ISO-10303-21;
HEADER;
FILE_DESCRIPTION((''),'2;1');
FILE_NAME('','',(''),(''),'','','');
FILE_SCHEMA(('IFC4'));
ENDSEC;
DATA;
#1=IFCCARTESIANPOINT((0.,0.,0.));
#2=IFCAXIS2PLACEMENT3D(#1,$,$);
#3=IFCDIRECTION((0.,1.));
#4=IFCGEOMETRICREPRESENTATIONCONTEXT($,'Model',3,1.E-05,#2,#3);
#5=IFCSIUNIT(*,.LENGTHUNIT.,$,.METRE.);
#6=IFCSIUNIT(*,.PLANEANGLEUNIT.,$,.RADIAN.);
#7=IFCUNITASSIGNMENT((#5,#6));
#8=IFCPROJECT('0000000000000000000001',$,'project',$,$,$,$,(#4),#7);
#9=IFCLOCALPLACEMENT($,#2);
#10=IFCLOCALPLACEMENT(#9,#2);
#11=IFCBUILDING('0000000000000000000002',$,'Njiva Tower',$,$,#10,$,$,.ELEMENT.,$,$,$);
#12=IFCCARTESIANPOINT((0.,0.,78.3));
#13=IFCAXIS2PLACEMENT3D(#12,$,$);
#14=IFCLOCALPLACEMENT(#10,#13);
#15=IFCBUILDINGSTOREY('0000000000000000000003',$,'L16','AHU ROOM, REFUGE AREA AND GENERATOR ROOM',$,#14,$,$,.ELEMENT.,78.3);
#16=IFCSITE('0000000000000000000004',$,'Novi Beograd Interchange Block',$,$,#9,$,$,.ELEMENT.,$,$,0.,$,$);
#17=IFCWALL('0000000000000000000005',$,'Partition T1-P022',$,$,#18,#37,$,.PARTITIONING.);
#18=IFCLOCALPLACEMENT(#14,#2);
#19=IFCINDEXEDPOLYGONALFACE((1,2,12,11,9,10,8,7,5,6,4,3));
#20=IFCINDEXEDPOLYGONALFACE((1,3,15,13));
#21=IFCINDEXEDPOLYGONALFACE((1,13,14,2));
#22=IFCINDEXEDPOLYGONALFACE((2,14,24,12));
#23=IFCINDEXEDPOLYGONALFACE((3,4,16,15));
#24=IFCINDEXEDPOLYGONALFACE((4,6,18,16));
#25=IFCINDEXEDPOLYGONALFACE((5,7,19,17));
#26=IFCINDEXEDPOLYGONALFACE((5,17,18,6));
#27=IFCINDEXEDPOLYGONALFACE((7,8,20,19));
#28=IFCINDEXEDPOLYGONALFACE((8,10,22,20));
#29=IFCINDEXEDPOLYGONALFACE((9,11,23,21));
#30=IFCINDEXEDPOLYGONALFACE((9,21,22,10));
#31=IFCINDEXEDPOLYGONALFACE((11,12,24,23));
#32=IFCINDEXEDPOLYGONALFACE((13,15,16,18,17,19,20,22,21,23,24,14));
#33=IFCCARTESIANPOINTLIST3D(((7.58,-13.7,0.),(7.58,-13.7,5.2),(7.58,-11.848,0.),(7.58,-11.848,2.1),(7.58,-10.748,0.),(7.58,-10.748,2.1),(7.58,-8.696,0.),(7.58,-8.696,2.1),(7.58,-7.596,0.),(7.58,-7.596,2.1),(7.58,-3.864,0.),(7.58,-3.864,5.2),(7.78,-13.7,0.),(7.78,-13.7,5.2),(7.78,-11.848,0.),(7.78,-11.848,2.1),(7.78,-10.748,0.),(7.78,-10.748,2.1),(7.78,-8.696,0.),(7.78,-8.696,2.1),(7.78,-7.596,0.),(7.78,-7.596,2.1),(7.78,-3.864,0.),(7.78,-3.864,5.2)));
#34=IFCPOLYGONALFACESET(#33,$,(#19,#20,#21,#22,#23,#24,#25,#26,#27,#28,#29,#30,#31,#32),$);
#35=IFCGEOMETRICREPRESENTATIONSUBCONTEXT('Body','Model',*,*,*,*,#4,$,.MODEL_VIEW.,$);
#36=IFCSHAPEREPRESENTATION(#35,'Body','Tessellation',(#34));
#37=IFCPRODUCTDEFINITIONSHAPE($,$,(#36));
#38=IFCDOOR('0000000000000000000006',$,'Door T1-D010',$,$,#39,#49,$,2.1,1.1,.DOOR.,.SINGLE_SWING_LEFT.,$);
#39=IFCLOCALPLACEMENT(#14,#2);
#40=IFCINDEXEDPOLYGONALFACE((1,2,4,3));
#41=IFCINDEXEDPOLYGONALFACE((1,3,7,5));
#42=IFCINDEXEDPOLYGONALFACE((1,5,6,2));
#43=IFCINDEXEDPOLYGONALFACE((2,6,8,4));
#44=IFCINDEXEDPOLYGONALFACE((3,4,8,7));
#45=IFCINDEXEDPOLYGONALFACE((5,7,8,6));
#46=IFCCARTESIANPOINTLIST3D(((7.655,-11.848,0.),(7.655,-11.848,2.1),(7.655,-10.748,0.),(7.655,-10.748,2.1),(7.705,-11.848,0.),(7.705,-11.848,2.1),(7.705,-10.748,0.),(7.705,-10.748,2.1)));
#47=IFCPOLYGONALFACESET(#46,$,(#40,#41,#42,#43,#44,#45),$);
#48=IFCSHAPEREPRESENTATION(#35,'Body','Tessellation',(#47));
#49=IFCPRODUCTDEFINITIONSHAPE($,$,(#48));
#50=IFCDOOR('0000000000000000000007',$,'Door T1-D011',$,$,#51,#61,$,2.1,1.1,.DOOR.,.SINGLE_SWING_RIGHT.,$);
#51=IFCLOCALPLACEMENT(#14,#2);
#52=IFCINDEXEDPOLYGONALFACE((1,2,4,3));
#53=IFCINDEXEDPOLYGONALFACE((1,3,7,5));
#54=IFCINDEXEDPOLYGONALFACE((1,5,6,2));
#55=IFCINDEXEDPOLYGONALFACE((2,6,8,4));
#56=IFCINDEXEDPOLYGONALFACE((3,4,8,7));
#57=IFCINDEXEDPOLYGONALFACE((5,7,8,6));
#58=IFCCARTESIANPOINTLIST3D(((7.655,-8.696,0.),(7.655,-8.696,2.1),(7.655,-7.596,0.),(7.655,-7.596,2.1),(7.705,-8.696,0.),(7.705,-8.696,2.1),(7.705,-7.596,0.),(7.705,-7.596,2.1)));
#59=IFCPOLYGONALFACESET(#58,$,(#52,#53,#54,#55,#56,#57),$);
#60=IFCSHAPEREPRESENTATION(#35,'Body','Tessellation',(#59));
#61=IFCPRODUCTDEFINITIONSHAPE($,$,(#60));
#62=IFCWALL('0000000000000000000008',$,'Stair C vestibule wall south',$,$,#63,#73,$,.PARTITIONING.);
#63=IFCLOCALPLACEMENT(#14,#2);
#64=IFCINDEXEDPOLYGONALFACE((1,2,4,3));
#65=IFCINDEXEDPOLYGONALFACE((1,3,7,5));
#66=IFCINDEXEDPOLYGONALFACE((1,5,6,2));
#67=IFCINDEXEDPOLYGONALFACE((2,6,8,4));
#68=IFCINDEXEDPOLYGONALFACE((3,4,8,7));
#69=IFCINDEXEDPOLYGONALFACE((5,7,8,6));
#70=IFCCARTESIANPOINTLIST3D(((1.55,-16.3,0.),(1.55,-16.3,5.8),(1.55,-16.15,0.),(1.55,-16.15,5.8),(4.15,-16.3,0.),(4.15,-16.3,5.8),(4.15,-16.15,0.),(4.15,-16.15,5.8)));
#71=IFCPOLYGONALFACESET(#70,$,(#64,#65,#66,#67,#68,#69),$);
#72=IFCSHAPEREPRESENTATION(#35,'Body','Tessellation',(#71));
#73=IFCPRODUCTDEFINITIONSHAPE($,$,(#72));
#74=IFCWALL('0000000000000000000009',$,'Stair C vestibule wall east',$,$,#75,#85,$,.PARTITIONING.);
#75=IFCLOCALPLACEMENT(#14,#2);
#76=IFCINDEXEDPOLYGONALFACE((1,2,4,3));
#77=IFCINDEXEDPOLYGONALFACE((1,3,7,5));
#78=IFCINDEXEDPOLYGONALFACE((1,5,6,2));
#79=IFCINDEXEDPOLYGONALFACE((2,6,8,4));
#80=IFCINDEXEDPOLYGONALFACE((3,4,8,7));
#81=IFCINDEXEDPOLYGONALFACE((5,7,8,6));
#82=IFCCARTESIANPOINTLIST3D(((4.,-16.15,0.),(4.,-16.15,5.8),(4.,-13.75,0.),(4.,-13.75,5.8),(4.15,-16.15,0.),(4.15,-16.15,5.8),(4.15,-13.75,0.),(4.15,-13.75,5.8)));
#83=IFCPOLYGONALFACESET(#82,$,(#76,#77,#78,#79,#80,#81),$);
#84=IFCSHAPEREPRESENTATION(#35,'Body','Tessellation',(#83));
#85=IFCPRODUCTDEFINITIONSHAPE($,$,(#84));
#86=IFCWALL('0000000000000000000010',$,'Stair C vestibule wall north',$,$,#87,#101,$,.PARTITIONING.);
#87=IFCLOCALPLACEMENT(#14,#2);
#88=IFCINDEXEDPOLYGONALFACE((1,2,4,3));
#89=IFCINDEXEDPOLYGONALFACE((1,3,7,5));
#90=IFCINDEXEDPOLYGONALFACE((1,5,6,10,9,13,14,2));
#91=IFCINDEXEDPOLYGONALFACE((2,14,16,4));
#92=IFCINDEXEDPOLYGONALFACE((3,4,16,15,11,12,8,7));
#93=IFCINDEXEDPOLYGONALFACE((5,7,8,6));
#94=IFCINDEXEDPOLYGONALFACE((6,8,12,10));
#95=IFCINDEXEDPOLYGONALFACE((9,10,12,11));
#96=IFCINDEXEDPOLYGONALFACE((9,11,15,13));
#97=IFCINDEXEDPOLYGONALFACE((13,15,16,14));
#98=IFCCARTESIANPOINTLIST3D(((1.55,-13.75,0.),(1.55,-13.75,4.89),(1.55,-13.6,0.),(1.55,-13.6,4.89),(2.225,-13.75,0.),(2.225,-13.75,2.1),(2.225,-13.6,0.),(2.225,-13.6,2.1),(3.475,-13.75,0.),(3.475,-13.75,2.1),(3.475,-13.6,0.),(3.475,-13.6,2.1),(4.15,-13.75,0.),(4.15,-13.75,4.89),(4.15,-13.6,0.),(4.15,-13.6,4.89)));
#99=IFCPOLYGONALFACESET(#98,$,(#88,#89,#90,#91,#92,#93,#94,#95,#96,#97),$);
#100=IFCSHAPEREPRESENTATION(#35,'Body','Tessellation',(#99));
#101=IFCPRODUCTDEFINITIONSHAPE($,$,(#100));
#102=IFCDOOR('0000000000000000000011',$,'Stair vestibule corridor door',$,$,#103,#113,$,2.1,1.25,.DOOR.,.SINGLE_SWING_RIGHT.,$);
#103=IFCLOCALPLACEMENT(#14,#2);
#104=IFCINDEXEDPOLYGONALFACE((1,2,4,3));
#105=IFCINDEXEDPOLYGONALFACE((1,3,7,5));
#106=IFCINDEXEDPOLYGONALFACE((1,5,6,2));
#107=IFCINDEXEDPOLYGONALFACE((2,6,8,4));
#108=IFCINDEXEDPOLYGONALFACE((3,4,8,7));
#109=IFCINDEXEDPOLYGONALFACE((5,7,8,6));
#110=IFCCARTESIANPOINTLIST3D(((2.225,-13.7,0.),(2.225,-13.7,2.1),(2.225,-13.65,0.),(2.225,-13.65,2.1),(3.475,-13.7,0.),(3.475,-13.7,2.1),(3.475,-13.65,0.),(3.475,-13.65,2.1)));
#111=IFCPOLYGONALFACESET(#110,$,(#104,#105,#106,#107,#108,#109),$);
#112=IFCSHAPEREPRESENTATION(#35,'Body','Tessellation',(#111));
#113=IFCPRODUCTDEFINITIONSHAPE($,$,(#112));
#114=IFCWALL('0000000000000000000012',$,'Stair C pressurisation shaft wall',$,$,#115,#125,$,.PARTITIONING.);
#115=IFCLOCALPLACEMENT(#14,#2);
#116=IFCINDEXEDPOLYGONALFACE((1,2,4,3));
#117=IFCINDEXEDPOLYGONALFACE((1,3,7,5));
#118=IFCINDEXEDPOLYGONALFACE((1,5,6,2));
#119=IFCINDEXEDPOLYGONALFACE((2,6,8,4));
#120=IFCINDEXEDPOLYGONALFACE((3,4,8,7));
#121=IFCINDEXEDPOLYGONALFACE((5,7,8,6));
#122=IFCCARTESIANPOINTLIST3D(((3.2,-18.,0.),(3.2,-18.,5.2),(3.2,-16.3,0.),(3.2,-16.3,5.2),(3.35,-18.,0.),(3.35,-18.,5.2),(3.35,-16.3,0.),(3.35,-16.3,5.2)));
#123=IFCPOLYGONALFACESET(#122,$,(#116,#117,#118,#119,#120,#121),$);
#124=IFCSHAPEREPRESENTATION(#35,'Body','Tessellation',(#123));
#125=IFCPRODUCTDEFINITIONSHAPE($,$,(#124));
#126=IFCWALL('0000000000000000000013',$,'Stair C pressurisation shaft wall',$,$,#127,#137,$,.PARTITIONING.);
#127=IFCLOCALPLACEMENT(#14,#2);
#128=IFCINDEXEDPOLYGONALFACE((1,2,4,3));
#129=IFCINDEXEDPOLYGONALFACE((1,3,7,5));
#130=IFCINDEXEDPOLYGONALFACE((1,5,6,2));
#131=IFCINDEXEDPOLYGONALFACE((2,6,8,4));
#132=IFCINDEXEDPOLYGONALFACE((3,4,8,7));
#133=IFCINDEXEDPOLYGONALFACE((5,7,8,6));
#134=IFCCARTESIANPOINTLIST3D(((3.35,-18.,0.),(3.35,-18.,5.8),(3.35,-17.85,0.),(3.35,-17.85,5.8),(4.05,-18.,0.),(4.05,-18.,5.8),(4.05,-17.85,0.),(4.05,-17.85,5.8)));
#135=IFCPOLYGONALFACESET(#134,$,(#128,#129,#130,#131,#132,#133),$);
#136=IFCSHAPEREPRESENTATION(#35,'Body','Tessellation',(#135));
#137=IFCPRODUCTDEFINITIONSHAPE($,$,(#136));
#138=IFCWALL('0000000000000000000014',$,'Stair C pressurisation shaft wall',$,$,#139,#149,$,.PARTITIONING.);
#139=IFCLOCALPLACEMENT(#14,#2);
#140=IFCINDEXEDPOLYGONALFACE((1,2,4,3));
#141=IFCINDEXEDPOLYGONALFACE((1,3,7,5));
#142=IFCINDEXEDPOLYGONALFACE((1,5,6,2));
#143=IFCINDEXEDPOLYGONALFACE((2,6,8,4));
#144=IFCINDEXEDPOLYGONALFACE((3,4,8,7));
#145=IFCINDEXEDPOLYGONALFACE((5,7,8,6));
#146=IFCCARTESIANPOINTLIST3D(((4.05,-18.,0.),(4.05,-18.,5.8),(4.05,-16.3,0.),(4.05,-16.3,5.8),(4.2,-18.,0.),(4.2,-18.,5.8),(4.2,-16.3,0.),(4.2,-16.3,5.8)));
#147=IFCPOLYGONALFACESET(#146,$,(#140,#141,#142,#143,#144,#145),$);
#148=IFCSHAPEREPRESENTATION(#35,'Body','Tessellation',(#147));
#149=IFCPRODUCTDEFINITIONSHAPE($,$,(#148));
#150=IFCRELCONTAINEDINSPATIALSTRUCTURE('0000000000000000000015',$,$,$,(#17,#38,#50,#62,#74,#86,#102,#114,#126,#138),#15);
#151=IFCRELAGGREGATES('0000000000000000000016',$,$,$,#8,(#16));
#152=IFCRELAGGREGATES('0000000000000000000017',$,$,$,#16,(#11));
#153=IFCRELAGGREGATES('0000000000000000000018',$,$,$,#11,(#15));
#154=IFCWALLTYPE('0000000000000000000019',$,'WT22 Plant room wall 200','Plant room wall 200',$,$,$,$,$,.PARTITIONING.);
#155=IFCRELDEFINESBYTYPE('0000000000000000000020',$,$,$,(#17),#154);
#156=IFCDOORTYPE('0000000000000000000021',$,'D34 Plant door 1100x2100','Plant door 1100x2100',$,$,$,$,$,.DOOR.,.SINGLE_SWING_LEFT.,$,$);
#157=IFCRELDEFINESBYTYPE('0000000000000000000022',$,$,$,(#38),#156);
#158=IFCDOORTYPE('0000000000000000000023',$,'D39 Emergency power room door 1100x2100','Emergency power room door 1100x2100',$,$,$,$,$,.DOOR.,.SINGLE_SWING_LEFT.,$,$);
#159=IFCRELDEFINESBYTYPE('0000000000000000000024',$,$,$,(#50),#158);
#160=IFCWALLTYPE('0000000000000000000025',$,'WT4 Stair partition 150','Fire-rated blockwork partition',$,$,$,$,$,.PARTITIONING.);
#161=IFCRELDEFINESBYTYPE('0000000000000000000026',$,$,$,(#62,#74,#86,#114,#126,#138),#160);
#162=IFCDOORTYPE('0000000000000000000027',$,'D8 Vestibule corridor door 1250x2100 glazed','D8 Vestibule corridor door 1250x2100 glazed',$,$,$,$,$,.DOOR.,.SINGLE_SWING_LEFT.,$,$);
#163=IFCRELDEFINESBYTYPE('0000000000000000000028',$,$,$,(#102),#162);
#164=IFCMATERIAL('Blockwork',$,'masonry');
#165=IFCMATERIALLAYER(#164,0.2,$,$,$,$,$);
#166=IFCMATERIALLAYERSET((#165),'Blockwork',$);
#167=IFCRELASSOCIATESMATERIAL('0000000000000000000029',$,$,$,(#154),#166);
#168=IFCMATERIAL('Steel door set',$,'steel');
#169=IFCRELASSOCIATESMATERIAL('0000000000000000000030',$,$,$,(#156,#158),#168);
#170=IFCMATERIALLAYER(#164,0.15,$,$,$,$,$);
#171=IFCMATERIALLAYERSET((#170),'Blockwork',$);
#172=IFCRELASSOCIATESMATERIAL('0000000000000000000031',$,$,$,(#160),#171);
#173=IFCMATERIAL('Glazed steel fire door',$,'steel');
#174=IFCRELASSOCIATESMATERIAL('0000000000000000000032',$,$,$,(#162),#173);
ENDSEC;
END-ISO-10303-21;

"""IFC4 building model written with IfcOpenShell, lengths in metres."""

from ifc_helpers import new_model, si_unit, direction, frame, frame_2d, origin, place, context, subcontext, project, spatial, rectangle, extrude, material, layer, layer_set, type_object, element, fill, save


model = new_model("IFC4")

# Units and contexts
model_context = context("Model", 3, precision=1e-05, world=origin(), true_north=direction((0.0, 1.0)))
body_context = subcontext(model_context, "Body", "Model", "MODEL_VIEW")
ifc_project = project(units=[si_unit("LENGTHUNIT", "METRE"), si_unit("PLANEANGLEUNIT", "RADIAN")], contexts=[model_context])

# Site, building, storey
site_placement = place(None, origin())
site = spatial("IfcSite", under=ifc_project, at=site_placement, Name="Novi Beograd Interchange Block", CompositionType="ELEMENT", RefElevation=0.0)
building_placement = place(site_placement, origin())
building = spatial("IfcBuilding", under=site, at=building_placement, Name="Njiva Tower", CompositionType="ELEMENT")
storey_placement = place(building_placement, frame((0.0, 0.0, 78.3)))
storey = spatial("IfcBuildingStorey", under=building, at=storey_placement, Name="L16", Description="AHU ROOM, REFUGE AREA AND GENERATOR ROOM", CompositionType="ELEMENT", Elevation=78.3)

# Shared definitions
ifc_material_1 = material(Name="Blockwork", Category="masonry")
ifc_layer_1 = layer(ifc_material_1, 0.2)
ifc_layer_set_1 = layer_set([ifc_layer_1], Name="Blockwork")
wall_type_1 = type_object("IfcWallType", Name="WT22 Plant room wall 200", Description="Plant room wall 200", PredefinedType="PARTITIONING", material=ifc_layer_set_1)

# Wall, openings, doors
wall_1_placement = place(storey_placement, frame((7.68, -13.7, 0.0), z_axis=(0.0, 0.0, 1.0), x_axis=(0.0, 1.0, 0.0)))
wall_1 = element("IfcWall", 1, at=wall_1_placement, inside=storey, type_object=wall_type_1, Name="Partition T1-P022", PredefinedType="PARTITIONING", context=body_context, shape_type="SweptSolid", body=[
    extrude(rectangle(XDim=9.836, YDim=0.2, at=frame_2d((4.918, 0.0))), origin(), (0.0, 0.0, 1.0), 5.2),
])
opening_1_placement = place(wall_1_placement, frame((1.852, 0.0, 0.0)))
opening_1 = element("IfcOpeningElement", 2, at=opening_1_placement, cuts=wall_1, PredefinedType="OPENING", context=body_context, shape_type="SweptSolid", body=[
    extrude(rectangle(XDim=1.1, YDim=2.1, at=frame_2d((0.55, 1.05))), frame((0.0, 0.11, 0.0), z_axis=(0.0, -1.0, 0.0), x_axis=(1.0, 0.0, 0.0)), (0.0, 0.0, 1.0), 0.22),
])
opening_2_placement = place(wall_1_placement, frame((5.004, 0.0, 0.0)))
opening_2 = element("IfcOpeningElement", 3, at=opening_2_placement, cuts=wall_1, PredefinedType="OPENING", context=body_context, shape_type="SweptSolid", body=[
    extrude(rectangle(XDim=1.1, YDim=2.1, at=frame_2d((0.55, 1.05))), frame((0.0, 0.11, 0.0), z_axis=(0.0, -1.0, 0.0), x_axis=(1.0, 0.0, 0.0)), (0.0, 0.0, 1.0), 0.22),
])
ifc_material_2 = material(Name="Steel door set", Category="steel")
door_type_1 = type_object("IfcDoorType", Name="D34 Plant door 1100x2100", Description="Plant door 1100x2100", OperationType="SINGLE_SWING_LEFT", PredefinedType="DOOR", material=ifc_material_2)
door_1_placement = place(opening_1_placement, origin())
door_1 = element("IfcDoor", 4, at=door_1_placement, inside=storey, type_object=door_type_1, Name="Door T1-D010", OperationType="SINGLE_SWING_LEFT", OverallHeight=2.1, OverallWidth=1.1, PredefinedType="DOOR", context=body_context, shape_type="SweptSolid", body=[
    extrude(rectangle(XDim=1.1, YDim=2.1, at=frame_2d((0.55, 1.05))), frame((0.0, 0.025, 0.0), z_axis=(0.0, -1.0, 0.0), x_axis=(1.0, 0.0, 0.0)), (0.0, 0.0, 1.0), 0.05),
])
fill(opening_1, door_1)
door_type_2 = type_object("IfcDoorType", Name="D39 Emergency power room door 1100x2100", Description="Emergency power room door 1100x2100", OperationType="SINGLE_SWING_LEFT", PredefinedType="DOOR", material=ifc_material_2)
door_2_placement = place(opening_2_placement, origin())
door_2 = element("IfcDoor", 5, at=door_2_placement, inside=storey, type_object=door_type_2, Name="Door T1-D011", OperationType="SINGLE_SWING_RIGHT", OverallHeight=2.1, OverallWidth=1.1, PredefinedType="DOOR", context=body_context, shape_type="SweptSolid", body=[
    extrude(rectangle(XDim=1.1, YDim=2.1, at=frame_2d((0.55, 1.05))), frame((0.0, 0.025, 0.0), z_axis=(0.0, -1.0, 0.0), x_axis=(1.0, 0.0, 0.0)), (0.0, 0.0, 1.0), 0.05),
])
fill(opening_2, door_2)

# Walls
ifc_layer_2 = layer(ifc_material_1, 0.15)
ifc_layer_set_2 = layer_set([ifc_layer_2], Name="Blockwork")
wall_type_2 = type_object("IfcWallType", Name="WT4 Stair partition 150", Description="Fire-rated blockwork partition", PredefinedType="PARTITIONING", material=ifc_layer_set_2)
wall_2_placement = place(storey_placement, frame((1.55, -16.225, 0.0), z_axis=(0.0, 0.0, 1.0), x_axis=(1.0, 0.0, 0.0)))
element("IfcWall", 6, at=wall_2_placement, inside=storey, type_object=wall_type_2, Name="Stair C vestibule wall south", PredefinedType="PARTITIONING", context=body_context, shape_type="SweptSolid", body=[
    extrude(rectangle(XDim=2.6, YDim=0.15, at=frame_2d((1.3, 0.0))), origin(), (0.0, 0.0, 1.0), 5.8),
])
wall_3_placement = place(storey_placement, frame((4.075, -16.15, 0.0), z_axis=(0.0, 0.0, 1.0), x_axis=(0.0, 1.0, 0.0)))
element("IfcWall", 7, at=wall_3_placement, inside=storey, type_object=wall_type_2, Name="Stair C vestibule wall east", PredefinedType="PARTITIONING", context=body_context, shape_type="SweptSolid", body=[
    extrude(rectangle(XDim=2.4, YDim=0.15, at=frame_2d((1.2, 0.0))), origin(), (0.0, 0.0, 1.0), 5.8),
])

# Wall, opening, door
wall_4_placement = place(storey_placement, frame((1.55, -13.675, 0.0), z_axis=(0.0, 0.0, 1.0), x_axis=(1.0, 0.0, 0.0)))
wall_4 = element("IfcWall", 8, at=wall_4_placement, inside=storey, type_object=wall_type_2, Name="Stair C vestibule wall north", PredefinedType="PARTITIONING", context=body_context, shape_type="SweptSolid", body=[
    extrude(rectangle(XDim=2.6, YDim=0.15, at=frame_2d((1.3, 0.0))), origin(), (0.0, 0.0, 1.0), 4.89),
])
opening_3_placement = place(wall_4_placement, frame((0.675, 0.0, 0.0)))
opening_3 = element("IfcOpeningElement", 9, at=opening_3_placement, cuts=wall_4, PredefinedType="OPENING", context=body_context, shape_type="SweptSolid", body=[
    extrude(rectangle(XDim=1.25, YDim=2.1, at=frame_2d((0.625, 1.05))), frame((0.0, 0.085, 0.0), z_axis=(0.0, -1.0, 0.0), x_axis=(1.0, 0.0, 0.0)), (0.0, 0.0, 1.0), 0.17),
])
ifc_material_3 = material(Name="Glazed steel fire door", Category="steel")
door_type_3 = type_object("IfcDoorType", Name="D8 Vestibule corridor door 1250x2100 glazed", Description="D8 Vestibule corridor door 1250x2100 glazed", OperationType="SINGLE_SWING_LEFT", PredefinedType="DOOR", material=ifc_material_3)
door_3_placement = place(opening_3_placement, origin())
door_3 = element("IfcDoor", 10, at=door_3_placement, inside=storey, type_object=door_type_3, Name="Stair vestibule corridor door", OperationType="SINGLE_SWING_RIGHT", OverallHeight=2.1, OverallWidth=1.25, PredefinedType="DOOR", context=body_context, shape_type="SweptSolid", body=[
    extrude(rectangle(XDim=1.25, YDim=2.1, at=frame_2d((0.625, 1.05))), frame((0.0, 0.025, 0.0), z_axis=(0.0, -1.0, 0.0), x_axis=(1.0, 0.0, 0.0)), (0.0, 0.0, 1.0), 0.05),
])
fill(opening_3, door_3)

# Walls
wall_5_placement = place(storey_placement, frame((3.275, -18.0, 0.0), z_axis=(0.0, 0.0, 1.0), x_axis=(0.0, 1.0, 0.0)))
element("IfcWall", 11, at=wall_5_placement, inside=storey, type_object=wall_type_2, Name="Stair C pressurisation shaft wall", PredefinedType="PARTITIONING", context=body_context, shape_type="SweptSolid", body=[
    extrude(rectangle(XDim=1.7, YDim=0.15, at=frame_2d((0.85, 0.0))), origin(), (0.0, 0.0, 1.0), 5.2),
])
wall_6_placement = place(storey_placement, frame((3.35, -17.925, 0.0), z_axis=(0.0, 0.0, 1.0), x_axis=(1.0, 0.0, 0.0)))
element("IfcWall", 12, at=wall_6_placement, inside=storey, type_object=wall_type_2, Name="Stair C pressurisation shaft wall", PredefinedType="PARTITIONING", context=body_context, shape_type="SweptSolid", body=[
    extrude(rectangle(XDim=0.7, YDim=0.15, at=frame_2d((0.35, 0.0))), origin(), (0.0, 0.0, 1.0), 5.8),
])
wall_7_placement = place(storey_placement, frame((4.125, -18.0, 0.0), z_axis=(0.0, 0.0, 1.0), x_axis=(0.0, 1.0, 0.0)))
element("IfcWall", 13, at=wall_7_placement, inside=storey, type_object=wall_type_2, Name="Stair C pressurisation shaft wall", PredefinedType="PARTITIONING", context=body_context, shape_type="SweptSolid", body=[
    extrude(rectangle(XDim=1.7, YDim=0.15, at=frame_2d((0.85, 0.0))), origin(), (0.0, 0.0, 1.0), 5.8),
])

save(model, "model.ifc")
